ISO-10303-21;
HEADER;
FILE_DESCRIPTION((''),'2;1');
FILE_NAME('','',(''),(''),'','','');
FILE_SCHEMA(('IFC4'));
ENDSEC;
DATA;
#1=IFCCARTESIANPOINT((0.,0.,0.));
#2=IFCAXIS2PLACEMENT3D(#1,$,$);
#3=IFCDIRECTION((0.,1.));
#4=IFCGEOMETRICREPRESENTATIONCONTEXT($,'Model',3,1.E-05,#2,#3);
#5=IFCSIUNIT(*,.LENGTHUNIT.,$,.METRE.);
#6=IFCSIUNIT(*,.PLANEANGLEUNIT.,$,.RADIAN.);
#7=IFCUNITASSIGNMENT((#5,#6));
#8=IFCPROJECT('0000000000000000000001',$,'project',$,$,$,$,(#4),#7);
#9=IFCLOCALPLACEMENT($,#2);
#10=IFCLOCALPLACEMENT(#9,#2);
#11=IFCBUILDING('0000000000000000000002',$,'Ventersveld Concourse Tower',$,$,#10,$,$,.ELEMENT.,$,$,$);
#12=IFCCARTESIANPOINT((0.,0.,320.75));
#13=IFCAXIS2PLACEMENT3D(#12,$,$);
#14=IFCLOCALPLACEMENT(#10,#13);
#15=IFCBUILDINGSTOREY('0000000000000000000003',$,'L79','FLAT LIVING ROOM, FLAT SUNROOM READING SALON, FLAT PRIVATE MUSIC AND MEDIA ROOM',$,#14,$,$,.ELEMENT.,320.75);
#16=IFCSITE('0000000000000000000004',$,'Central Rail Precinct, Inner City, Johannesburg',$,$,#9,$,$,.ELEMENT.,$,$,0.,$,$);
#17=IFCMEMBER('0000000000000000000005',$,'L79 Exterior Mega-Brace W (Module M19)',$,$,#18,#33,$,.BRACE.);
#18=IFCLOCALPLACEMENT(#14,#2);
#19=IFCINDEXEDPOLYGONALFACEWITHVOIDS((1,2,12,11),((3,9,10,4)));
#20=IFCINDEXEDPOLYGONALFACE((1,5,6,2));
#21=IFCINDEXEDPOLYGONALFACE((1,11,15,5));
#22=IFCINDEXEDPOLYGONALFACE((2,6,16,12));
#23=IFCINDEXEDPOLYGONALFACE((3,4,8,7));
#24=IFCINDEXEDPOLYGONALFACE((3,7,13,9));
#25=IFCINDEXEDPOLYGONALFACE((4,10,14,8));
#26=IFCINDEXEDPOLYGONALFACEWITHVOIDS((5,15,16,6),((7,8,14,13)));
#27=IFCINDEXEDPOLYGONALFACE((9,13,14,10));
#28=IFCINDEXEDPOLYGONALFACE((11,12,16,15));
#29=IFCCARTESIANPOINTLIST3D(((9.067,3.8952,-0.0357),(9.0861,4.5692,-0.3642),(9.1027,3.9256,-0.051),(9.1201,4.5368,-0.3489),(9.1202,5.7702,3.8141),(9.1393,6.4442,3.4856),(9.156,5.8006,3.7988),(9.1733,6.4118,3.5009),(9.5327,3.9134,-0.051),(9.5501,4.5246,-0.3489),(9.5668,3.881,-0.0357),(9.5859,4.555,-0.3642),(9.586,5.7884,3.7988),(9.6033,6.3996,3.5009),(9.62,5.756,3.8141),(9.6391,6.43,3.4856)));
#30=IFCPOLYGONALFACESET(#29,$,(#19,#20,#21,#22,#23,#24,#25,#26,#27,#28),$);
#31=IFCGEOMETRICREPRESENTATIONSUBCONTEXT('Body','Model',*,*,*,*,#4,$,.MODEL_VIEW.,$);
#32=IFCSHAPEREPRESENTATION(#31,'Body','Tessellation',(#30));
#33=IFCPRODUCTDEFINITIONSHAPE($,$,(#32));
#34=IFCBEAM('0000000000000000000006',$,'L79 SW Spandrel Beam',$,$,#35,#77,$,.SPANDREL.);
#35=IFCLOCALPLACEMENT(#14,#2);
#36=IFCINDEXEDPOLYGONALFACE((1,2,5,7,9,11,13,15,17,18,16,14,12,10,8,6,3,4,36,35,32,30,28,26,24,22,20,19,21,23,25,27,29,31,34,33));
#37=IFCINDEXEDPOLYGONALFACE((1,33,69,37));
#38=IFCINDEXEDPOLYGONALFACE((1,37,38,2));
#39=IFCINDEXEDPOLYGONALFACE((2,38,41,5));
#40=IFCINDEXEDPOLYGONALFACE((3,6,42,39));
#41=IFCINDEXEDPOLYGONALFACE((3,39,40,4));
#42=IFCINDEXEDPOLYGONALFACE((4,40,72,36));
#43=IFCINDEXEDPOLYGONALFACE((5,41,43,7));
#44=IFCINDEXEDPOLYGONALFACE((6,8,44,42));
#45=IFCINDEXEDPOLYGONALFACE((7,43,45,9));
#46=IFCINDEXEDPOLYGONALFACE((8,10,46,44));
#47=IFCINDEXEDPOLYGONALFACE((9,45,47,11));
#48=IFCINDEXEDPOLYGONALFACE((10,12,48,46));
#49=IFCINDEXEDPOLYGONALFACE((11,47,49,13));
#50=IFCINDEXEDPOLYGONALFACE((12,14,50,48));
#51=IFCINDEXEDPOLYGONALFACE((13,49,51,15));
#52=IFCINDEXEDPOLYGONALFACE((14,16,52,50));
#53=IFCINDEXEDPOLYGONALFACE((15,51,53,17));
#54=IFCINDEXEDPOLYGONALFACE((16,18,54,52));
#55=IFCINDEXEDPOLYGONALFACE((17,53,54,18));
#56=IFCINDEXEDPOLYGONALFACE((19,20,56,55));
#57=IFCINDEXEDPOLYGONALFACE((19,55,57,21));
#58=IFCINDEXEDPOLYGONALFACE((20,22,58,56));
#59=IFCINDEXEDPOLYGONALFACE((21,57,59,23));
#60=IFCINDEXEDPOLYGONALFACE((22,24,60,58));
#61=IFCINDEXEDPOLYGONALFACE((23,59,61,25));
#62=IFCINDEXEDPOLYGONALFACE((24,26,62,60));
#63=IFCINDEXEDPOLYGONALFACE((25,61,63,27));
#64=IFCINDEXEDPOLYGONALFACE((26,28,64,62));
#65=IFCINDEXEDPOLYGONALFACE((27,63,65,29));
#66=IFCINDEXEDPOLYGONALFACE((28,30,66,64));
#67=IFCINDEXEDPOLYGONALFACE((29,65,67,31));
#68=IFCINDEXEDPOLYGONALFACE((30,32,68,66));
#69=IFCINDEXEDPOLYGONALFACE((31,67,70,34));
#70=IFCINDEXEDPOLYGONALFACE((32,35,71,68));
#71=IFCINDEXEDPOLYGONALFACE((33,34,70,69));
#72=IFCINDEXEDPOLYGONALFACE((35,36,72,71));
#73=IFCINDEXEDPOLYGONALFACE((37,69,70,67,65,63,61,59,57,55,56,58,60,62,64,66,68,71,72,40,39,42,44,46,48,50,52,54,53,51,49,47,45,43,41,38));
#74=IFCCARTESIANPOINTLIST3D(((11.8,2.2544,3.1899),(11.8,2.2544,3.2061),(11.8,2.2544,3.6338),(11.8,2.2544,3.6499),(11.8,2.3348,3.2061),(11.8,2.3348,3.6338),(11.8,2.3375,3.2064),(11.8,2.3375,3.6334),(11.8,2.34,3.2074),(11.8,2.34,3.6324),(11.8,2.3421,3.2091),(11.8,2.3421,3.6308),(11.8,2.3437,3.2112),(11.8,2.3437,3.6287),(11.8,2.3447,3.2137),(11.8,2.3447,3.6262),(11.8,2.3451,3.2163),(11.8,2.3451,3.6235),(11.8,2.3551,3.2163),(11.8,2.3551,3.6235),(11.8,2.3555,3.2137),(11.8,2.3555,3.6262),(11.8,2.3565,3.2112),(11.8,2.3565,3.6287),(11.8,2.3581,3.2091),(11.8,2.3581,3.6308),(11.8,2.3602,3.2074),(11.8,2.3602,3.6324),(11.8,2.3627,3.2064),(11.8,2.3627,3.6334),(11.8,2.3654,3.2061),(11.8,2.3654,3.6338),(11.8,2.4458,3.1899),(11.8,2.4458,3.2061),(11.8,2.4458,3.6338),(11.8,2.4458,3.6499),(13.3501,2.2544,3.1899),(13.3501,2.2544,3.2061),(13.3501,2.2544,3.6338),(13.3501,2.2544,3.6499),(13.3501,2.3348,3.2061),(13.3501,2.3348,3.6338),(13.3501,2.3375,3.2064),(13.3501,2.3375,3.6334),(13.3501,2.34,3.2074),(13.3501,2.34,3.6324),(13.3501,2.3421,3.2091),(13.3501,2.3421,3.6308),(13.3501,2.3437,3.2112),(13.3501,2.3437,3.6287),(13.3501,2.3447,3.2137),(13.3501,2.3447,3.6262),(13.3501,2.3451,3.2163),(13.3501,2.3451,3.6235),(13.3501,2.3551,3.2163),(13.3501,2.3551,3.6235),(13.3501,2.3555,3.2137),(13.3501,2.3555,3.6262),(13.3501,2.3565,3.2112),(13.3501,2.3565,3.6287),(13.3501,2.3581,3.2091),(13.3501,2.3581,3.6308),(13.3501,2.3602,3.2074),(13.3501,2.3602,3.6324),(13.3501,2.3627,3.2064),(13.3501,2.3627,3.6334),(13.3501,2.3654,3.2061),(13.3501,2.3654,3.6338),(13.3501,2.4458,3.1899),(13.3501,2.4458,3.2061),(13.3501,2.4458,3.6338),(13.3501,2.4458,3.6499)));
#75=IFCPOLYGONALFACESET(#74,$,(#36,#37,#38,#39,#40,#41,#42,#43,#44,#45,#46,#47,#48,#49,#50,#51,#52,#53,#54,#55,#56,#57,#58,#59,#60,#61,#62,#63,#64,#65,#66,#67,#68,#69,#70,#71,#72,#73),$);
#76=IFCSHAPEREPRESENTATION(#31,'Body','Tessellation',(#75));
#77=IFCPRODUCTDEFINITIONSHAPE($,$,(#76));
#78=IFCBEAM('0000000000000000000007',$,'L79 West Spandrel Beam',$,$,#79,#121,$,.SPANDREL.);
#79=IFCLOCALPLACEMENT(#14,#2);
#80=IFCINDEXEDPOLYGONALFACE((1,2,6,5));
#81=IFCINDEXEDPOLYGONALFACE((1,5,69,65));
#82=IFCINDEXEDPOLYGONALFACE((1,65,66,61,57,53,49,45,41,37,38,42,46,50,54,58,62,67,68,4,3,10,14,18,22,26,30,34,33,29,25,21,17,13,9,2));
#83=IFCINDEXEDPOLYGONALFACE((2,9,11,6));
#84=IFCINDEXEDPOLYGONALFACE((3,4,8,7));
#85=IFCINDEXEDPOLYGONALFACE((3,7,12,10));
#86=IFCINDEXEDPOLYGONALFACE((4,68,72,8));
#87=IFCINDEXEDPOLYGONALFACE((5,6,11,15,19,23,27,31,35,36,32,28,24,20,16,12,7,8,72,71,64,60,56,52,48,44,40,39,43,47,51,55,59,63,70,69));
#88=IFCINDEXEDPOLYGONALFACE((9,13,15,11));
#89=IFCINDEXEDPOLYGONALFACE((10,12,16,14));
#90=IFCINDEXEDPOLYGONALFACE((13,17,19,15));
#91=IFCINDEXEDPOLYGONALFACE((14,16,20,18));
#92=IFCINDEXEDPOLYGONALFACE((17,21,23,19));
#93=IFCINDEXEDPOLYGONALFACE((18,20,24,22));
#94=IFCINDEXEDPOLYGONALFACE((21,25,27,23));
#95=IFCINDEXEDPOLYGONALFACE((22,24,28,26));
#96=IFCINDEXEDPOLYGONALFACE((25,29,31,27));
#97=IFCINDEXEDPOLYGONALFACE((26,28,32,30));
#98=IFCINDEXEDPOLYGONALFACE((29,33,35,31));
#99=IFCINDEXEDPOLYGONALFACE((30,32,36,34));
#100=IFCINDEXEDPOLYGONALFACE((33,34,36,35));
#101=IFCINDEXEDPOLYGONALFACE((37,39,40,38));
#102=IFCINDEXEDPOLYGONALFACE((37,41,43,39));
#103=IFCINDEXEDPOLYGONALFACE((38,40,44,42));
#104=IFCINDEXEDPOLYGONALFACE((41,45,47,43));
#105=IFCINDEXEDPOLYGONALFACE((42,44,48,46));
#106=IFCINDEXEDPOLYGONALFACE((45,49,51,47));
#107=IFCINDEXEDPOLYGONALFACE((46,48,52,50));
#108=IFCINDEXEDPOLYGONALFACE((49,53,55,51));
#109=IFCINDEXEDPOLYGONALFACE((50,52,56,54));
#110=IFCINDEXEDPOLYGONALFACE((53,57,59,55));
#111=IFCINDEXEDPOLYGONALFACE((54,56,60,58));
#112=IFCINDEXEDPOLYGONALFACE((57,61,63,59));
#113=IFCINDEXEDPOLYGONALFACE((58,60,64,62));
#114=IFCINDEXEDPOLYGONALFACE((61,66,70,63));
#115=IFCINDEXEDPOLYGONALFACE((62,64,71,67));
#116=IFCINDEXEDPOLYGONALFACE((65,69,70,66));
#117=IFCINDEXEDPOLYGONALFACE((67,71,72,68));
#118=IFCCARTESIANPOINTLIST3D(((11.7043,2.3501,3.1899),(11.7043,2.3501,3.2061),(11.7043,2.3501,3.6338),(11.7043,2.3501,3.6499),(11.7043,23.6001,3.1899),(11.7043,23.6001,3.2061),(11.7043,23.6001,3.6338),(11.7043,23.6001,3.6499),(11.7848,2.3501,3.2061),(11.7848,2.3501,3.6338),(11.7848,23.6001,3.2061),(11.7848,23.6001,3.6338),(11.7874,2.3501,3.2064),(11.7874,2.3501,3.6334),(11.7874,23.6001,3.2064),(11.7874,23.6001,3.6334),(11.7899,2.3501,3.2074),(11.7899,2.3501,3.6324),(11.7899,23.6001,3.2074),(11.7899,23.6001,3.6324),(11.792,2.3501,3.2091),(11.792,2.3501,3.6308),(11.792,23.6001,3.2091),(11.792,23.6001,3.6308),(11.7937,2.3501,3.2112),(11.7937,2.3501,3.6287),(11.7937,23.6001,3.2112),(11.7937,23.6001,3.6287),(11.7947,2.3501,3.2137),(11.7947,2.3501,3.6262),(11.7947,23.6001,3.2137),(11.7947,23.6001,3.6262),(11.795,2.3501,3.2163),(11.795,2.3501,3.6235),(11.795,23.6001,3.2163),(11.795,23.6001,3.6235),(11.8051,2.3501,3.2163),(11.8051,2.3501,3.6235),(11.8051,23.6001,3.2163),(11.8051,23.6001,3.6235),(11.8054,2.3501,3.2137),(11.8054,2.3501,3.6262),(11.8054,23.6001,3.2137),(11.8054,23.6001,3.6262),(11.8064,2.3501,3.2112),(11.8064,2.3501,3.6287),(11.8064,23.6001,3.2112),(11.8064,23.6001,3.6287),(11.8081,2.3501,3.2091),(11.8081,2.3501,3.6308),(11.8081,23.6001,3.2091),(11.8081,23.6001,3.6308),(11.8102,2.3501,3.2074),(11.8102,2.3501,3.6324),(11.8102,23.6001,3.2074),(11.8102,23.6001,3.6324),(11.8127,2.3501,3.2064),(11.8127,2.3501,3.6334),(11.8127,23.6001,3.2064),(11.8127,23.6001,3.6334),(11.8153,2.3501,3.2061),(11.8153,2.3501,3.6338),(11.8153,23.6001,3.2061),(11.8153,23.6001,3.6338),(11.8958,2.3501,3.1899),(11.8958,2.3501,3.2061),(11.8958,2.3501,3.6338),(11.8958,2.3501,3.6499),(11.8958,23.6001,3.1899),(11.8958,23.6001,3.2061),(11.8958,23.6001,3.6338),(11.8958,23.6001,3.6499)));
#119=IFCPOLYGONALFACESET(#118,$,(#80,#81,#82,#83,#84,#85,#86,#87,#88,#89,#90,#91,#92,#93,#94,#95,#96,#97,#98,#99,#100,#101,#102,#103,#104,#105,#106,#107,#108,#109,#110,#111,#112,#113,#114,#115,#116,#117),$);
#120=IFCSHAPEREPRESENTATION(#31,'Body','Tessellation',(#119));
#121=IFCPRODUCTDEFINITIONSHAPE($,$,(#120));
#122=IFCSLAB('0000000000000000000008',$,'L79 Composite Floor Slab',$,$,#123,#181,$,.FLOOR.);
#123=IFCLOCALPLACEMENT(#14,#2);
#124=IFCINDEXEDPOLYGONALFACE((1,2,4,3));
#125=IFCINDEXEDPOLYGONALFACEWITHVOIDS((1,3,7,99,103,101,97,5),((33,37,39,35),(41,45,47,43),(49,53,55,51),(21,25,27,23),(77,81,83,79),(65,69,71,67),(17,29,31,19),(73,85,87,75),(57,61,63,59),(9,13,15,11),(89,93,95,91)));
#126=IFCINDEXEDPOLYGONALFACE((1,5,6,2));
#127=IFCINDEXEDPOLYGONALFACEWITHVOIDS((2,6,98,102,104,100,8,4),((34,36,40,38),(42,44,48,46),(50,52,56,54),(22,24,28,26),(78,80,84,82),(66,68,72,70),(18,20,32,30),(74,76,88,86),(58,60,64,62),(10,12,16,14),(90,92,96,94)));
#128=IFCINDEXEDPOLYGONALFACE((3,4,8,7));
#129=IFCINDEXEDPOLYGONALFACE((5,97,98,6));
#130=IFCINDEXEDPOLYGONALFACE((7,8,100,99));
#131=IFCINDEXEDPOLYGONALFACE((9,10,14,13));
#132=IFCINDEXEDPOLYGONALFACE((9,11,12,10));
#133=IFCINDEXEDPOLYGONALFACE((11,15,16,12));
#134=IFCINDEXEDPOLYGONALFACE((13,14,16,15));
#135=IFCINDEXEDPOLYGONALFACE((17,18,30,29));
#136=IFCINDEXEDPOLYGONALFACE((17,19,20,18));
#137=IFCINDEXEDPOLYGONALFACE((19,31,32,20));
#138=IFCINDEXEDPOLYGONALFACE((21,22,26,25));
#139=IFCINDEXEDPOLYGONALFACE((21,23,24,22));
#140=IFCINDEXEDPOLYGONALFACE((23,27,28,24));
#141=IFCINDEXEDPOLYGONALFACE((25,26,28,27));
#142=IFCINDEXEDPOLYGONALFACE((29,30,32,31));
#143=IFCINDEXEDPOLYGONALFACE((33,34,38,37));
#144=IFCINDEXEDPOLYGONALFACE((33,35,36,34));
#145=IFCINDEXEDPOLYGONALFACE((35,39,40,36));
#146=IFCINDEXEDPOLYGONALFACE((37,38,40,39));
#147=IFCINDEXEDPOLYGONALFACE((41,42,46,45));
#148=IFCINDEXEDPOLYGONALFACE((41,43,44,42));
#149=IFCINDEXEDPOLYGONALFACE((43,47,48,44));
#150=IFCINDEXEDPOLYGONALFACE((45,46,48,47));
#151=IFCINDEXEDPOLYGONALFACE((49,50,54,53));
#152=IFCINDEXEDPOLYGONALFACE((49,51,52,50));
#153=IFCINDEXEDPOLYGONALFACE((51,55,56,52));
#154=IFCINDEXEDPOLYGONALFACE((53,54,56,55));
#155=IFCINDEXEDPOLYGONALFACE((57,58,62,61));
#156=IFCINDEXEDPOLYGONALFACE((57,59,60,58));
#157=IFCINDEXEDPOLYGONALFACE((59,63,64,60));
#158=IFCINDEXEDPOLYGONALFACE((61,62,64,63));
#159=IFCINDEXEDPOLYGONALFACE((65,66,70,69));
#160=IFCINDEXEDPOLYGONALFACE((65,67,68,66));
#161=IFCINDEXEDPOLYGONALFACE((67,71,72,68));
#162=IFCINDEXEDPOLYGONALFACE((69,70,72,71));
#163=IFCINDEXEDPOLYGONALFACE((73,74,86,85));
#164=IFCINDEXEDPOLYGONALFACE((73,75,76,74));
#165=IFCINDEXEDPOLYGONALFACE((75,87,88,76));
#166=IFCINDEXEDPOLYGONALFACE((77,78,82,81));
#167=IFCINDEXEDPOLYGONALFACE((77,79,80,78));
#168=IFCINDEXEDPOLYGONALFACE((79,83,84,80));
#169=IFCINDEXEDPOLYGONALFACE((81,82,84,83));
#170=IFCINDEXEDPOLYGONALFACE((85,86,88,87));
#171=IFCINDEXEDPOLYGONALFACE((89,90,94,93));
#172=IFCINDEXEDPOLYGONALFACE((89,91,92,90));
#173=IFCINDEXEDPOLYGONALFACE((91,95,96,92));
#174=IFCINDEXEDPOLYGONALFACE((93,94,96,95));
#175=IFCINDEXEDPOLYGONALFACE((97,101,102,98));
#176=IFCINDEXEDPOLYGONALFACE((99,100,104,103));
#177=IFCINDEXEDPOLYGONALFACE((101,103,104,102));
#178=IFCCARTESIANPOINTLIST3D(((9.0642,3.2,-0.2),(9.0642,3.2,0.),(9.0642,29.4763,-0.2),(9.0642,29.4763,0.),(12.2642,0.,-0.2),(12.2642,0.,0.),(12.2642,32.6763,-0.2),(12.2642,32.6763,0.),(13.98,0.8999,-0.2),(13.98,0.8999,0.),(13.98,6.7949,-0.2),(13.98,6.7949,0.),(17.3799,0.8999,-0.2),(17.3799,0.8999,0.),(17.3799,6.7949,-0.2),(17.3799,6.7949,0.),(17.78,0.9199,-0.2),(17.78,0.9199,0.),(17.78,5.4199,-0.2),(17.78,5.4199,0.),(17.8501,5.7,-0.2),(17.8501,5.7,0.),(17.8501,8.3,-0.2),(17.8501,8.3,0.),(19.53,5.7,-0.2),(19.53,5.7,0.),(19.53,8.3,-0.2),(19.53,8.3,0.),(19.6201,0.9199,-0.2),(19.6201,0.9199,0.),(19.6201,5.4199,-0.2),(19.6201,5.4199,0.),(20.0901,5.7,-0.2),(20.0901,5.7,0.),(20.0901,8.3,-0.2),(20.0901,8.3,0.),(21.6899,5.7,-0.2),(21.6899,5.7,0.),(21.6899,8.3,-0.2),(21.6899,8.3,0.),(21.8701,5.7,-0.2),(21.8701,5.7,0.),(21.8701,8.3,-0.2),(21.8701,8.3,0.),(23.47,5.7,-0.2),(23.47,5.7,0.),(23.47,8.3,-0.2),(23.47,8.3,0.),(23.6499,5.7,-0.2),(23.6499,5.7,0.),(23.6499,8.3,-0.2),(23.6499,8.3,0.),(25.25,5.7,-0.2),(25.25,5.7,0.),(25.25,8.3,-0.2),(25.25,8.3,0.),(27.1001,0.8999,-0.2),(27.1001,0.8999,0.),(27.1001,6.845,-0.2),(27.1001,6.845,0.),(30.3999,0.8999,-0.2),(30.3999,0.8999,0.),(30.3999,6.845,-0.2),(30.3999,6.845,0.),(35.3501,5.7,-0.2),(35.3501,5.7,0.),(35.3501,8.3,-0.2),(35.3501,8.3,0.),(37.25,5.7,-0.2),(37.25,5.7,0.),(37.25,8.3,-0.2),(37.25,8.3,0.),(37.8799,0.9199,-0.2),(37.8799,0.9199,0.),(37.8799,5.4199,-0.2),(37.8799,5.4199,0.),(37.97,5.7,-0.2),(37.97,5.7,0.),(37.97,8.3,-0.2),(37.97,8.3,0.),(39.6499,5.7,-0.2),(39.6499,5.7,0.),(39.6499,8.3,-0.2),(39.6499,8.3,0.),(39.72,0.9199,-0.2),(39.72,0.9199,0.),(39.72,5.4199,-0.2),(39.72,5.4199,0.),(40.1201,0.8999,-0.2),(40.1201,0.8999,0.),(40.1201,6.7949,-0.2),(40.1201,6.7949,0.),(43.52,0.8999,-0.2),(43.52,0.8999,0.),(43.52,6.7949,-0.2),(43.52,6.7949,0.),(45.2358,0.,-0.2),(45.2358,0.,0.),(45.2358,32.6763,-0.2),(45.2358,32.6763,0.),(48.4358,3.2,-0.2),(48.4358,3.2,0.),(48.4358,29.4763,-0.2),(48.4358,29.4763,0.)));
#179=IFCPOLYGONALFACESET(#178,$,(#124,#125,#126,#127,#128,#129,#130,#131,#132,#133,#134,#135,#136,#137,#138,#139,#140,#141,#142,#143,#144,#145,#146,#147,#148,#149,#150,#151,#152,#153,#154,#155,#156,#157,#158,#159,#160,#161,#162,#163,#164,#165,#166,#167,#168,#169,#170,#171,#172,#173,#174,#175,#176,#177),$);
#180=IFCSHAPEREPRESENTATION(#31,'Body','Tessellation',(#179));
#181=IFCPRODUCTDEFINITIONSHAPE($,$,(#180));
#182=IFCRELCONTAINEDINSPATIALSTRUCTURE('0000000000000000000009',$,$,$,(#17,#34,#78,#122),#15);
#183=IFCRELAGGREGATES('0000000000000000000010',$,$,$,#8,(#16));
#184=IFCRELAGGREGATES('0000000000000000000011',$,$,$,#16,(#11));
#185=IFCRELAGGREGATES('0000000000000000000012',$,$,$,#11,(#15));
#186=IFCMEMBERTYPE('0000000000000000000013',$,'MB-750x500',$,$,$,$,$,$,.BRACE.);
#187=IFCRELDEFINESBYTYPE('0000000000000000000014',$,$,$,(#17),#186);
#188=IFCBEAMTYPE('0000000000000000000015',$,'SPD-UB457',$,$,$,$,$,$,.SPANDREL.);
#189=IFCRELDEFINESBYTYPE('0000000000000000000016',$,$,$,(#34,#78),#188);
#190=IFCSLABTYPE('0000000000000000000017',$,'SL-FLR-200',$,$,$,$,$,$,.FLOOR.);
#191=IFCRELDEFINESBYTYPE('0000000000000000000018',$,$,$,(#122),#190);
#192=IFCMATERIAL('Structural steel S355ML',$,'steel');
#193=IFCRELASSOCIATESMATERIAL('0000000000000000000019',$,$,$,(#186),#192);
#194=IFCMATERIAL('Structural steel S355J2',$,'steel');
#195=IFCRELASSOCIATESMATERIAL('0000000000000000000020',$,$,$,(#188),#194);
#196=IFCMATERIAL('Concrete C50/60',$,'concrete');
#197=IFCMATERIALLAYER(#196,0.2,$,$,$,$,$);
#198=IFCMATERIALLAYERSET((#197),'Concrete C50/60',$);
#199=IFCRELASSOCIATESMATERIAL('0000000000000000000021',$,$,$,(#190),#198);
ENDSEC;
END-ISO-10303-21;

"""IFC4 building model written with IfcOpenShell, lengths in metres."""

from ifc_helpers import new_model, si_unit, direction, frame, origin, origin_2d, place, context, subcontext, project, spatial, polyline, hollow_rectangle, i_section, outline, extrude, material, layer, layer_set, material_profile, profile_set, type_object, element, save


model = new_model("IFC4")

# Units and contexts
model_context = context("Model", 3, precision=1e-05, world=origin(), true_north=direction((0.0, 1.0)))
body_context = subcontext(model_context, "Body", "Model", "MODEL_VIEW")
ifc_project = project(units=[si_unit("LENGTHUNIT", "METRE"), si_unit("PLANEANGLEUNIT", "RADIAN")], contexts=[model_context])

# Site, building, storey
site_placement = place(None, origin())
site = spatial("IfcSite", under=ifc_project, at=site_placement, Name="Central Rail Precinct, Inner City, Johannesburg", CompositionType="ELEMENT", RefElevation=0.0)
building_placement = place(site_placement, origin())
building = spatial("IfcBuilding", under=site, at=building_placement, Name="Ventersveld Concourse Tower", CompositionType="ELEMENT")
storey_placement = place(building_placement, frame((0.0, 0.0, 320.75)))
storey = spatial("IfcBuildingStorey", under=building, at=storey_placement, Name="L79", Description="FLAT LIVING ROOM, FLAT SUNROOM READING SALON, FLAT PRIVATE MUSIC AND MEDIA ROOM", CompositionType="ELEMENT", Elevation=320.75)

# Shared definitions
ifc_material_1 = material(Name="Concrete C50/60", Category="concrete")

# Shared definitions
ifc_material_2 = material(Name="Structural steel S355J2", Category="steel")

# Member
ifc_material_3 = material(Name="Structural steel S355ML", Category="steel")
ifc_material_profile_1 = material_profile(ifc_material_3, hollow_rectangle(XDim=0.5, YDim=0.75, WallThickness=0.0349, at=origin_2d()), Name="BOX 750x500x35")
ifc_profile_set_1 = profile_set([ifc_material_profile_1], Name="Structural steel S355ML")
member_type = type_object("IfcMemberType", Name="MB-750x500", PredefinedType="BRACE", material=ifc_profile_set_1)
member_placement = place(storey_placement, frame((9.3264, 4.2251, -0.2), z_axis=(0.012428, 0.437828, 0.898973), x_axis=(-0.999597, 0.028374, 0.0)))
element("IfcMember", 1, at=member_placement, inside=storey, type_object=member_type, Name="L79 Exterior Mega-Brace W (Module M19)", PredefinedType="BRACE", context=body_context, shape_type="SweptSolid", body=[
    extrude(hollow_rectangle(XDim=0.5, YDim=0.75, WallThickness=0.0349, at=origin_2d()), origin(), (0.0, 0.0, 1.0), 4.2825),
])

# Beams
ifc_material_profile_2 = material_profile(ifc_material_2, i_section(OverallWidth=0.1914, OverallDepth=0.46, WebThickness=0.01, FlangeThickness=0.0161, FilletRadius=0.0103, at=origin_2d()), Name="UB 457x191x82")
ifc_profile_set_2 = profile_set([ifc_material_profile_2], Name="Structural steel S355J2")
beam_type_1 = type_object("IfcBeamType", Name="SPD-UB457", PredefinedType="SPANDREL", material=ifc_profile_set_2)
beam_1_placement = place(storey_placement, frame((11.8, 2.3501, 3.4199), z_axis=(1.0, 0.0, 0.0), x_axis=(0.0, 1.0, 0.0)))
element("IfcBeam", 2, at=beam_1_placement, inside=storey, type_object=beam_type_1, Name="L79 SW Spandrel Beam", PredefinedType="SPANDREL", context=body_context, shape_type="SweptSolid", body=[
    extrude(i_section(OverallWidth=0.1914, OverallDepth=0.46, WebThickness=0.01, FlangeThickness=0.0161, FilletRadius=0.0103, at=origin_2d()), origin(), (0.0, 0.0, 1.0), 1.55),
])
beam_2_placement = place(storey_placement, frame((11.8, 2.3501, 3.4199), z_axis=(0.0, 1.0, 0.0), x_axis=(-1.0, 0.0, 0.0)))
element("IfcBeam", 3, at=beam_2_placement, inside=storey, type_object=beam_type_1, Name="L79 West Spandrel Beam", PredefinedType="SPANDREL", context=body_context, shape_type="SweptSolid", body=[
    extrude(i_section(OverallWidth=0.1914, OverallDepth=0.46, WebThickness=0.01, FlangeThickness=0.0161, FilletRadius=0.0103, at=origin_2d()), origin(), (0.0, 0.0, 1.0), 21.25),
])

# Slab
ifc_layer_1 = layer(ifc_material_1, 0.2)
ifc_layer_set_1 = layer_set([ifc_layer_1], Name="Concrete C50/60")
slab_type_1 = type_object("IfcSlabType", Name="SL-FLR-200", PredefinedType="FLOOR", material=ifc_layer_set_1)
slab_1_placement = place(storey_placement, frame((0.0, 0.0, -0.2)))
element("IfcSlab", 4, at=slab_1_placement, inside=storey, type_object=slab_type_1, Name="L79 Composite Floor Slab", PredefinedType="FLOOR", context=body_context, shape_type="SweptSolid", body=[
    extrude(outline(polyline([(12.2642, 0.0), (45.2358, 0.0), (48.4358, 3.2), (48.4358, 29.4763), (45.2358, 32.6763), (12.2642, 32.6763), (9.0642, 29.4763), (9.0642, 3.2), (12.2642, 0.0)]), holes=[polyline([(13.98, 6.7949), (13.98, 0.8999), (17.3799, 0.8999), (17.3799, 6.7949), (13.98, 6.7949)]), polyline([(40.1201, 6.7949), (40.1201, 0.8999), (43.52, 0.8999), (43.52, 6.7949), (40.1201, 6.7949)]), polyline([(27.1001, 6.845), (27.1001, 0.8999), (30.3999, 0.8999), (30.3999, 6.845), (27.1001, 6.845)]), polyline([(17.8501, 5.7), (19.53, 5.7), (19.53, 8.3), (17.8501, 8.3), (17.8501, 5.7)]), polyline([(37.97, 5.7), (39.6499, 5.7), (39.6499, 8.3), (37.97, 8.3), (37.97, 5.7)]), polyline([(35.3501, 5.7), (37.25, 5.7), (37.25, 8.3), (35.3501, 8.3), (35.3501, 5.7)]), polyline([(20.0901, 5.7), (21.6899, 5.7), (21.6899, 8.3), (20.0901, 8.3), (20.0901, 5.7)]), polyline([(21.8701, 5.7), (23.47, 5.7), (23.47, 8.3), (21.8701, 8.3), (21.8701, 5.7)]), polyline([(23.6499, 5.7), (25.25, 5.7), (25.25, 8.3), (23.6499, 8.3), (23.6499, 5.7)]), polyline([(17.78, 0.9199), (19.6201, 0.9199), (19.6201, 5.4199), (17.78, 5.4199), (17.78, 0.9199)]), polyline([(37.8799, 0.9199), (39.72, 0.9199), (39.72, 5.4199), (37.8799, 5.4199), (37.8799, 0.9199)])]), origin(), (0.0, 0.0, 1.0), 0.2),
])

save(model, "model.ifc")
